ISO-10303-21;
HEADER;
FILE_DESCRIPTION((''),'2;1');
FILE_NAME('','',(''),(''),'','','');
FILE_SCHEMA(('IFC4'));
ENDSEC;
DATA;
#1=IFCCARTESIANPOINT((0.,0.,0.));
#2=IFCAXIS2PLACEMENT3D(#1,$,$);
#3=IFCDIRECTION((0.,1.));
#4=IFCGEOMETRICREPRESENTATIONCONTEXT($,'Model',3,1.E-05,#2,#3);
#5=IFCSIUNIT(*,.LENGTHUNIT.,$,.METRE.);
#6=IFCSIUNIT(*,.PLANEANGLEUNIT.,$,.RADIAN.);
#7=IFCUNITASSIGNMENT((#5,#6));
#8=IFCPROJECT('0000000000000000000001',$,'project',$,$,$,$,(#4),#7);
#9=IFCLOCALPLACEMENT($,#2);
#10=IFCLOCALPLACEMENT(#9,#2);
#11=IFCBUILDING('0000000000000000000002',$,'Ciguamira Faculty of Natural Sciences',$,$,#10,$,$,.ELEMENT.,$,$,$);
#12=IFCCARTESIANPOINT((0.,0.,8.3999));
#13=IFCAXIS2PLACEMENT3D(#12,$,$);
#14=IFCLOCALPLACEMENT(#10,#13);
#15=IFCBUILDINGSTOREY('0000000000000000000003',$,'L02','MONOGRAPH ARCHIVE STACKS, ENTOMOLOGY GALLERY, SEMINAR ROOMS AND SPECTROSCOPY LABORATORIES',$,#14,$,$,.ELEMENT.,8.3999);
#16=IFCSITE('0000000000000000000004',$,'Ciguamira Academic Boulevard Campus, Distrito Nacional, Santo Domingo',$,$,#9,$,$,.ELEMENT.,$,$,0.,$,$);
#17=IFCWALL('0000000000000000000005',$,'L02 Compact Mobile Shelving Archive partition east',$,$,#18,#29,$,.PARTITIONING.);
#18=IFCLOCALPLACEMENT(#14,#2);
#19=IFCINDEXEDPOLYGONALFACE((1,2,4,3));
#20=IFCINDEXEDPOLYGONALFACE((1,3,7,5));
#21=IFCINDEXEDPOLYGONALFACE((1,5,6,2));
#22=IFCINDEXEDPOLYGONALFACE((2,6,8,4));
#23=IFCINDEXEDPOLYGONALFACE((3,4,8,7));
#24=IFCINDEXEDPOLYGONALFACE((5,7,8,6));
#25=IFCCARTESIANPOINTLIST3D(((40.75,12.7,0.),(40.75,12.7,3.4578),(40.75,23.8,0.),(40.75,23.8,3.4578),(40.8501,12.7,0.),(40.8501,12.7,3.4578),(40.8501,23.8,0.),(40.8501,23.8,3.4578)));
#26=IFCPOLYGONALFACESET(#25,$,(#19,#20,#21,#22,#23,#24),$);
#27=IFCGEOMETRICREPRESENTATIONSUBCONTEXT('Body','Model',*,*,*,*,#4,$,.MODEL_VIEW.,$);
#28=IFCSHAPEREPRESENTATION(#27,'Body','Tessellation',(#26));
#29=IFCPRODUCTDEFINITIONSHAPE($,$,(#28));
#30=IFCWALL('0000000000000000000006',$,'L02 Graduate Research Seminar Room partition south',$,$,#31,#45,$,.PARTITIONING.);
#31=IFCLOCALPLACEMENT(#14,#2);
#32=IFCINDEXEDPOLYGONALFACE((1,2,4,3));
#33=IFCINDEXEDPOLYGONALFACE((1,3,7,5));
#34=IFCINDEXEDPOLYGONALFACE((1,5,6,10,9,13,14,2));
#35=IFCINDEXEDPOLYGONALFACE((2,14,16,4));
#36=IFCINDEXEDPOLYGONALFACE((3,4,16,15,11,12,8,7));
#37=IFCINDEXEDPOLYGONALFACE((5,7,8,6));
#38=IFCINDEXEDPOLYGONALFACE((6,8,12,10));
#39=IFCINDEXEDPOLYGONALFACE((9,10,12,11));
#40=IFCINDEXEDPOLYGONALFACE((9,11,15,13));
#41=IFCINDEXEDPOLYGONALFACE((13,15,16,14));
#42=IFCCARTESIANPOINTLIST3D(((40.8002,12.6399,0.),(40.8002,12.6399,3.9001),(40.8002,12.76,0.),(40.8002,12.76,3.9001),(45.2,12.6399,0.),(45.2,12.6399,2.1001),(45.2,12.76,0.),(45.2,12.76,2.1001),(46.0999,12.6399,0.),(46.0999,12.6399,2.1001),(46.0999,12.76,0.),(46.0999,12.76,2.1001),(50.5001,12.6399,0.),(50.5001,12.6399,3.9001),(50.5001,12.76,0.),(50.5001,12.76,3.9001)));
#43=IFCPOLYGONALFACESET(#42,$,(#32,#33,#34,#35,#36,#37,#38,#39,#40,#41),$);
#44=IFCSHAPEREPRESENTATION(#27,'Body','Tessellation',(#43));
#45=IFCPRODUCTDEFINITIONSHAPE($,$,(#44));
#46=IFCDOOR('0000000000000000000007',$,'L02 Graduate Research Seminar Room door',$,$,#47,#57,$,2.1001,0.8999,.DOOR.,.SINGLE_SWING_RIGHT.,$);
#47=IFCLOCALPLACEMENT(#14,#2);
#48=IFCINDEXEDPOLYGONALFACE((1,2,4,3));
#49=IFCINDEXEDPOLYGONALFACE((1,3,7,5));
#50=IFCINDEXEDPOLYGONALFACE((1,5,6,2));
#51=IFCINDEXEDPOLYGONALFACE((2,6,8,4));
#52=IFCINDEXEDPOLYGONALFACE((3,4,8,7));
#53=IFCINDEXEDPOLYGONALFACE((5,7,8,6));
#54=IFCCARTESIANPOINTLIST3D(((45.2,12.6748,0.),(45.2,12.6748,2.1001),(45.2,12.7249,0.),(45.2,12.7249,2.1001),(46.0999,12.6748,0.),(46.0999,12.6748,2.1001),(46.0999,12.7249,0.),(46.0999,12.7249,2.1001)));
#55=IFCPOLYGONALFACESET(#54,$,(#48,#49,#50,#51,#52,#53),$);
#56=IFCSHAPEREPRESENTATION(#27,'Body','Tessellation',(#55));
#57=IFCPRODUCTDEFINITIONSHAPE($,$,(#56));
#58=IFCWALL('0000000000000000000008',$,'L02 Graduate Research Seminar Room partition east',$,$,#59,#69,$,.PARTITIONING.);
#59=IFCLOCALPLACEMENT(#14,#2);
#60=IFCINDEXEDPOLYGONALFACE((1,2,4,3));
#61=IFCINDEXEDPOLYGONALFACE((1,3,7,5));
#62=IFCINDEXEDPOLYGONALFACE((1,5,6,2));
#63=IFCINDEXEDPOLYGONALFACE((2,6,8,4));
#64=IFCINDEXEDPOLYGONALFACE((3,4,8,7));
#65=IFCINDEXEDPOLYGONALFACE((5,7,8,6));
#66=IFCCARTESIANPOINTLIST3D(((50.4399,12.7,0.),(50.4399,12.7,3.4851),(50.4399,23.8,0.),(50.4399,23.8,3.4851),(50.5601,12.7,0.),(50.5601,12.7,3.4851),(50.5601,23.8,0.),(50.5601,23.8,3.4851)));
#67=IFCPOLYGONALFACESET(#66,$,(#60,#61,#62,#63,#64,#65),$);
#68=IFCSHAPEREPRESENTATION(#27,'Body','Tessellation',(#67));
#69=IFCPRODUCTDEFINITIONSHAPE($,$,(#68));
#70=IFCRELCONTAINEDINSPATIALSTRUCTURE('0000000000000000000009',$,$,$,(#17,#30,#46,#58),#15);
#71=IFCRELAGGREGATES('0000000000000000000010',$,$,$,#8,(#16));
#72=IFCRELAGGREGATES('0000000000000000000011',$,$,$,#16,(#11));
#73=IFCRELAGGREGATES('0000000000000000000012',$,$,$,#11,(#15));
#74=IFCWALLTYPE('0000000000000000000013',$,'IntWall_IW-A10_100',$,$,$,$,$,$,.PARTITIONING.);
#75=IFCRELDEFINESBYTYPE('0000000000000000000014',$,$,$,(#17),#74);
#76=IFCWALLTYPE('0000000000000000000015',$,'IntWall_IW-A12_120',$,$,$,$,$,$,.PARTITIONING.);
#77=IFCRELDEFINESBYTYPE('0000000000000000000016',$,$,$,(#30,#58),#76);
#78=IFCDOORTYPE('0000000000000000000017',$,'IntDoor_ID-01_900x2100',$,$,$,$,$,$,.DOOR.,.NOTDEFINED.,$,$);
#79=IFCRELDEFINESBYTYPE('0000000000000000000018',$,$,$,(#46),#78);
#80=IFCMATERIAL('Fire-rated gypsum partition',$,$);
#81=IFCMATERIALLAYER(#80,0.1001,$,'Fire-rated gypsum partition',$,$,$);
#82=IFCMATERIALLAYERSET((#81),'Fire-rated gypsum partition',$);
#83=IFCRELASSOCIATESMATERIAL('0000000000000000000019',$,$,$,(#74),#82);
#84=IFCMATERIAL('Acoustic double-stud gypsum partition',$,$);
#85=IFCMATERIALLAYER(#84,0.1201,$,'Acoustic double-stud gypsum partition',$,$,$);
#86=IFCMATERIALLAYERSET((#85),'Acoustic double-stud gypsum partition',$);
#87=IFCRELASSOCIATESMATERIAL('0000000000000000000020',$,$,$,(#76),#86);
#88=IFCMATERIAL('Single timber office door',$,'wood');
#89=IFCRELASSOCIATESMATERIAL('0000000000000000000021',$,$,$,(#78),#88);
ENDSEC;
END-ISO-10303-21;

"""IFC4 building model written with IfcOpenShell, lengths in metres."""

from ifc_helpers import new_model, si_unit, direction, frame, frame_2d, origin, place, context, subcontext, project, spatial, rectangle, extrude, material, layer, layer_set, type_object, element, fill, save


model = new_model("IFC4")

# Units and contexts
model_context = context("Model", 3, precision=1e-05, world=origin(), true_north=direction((0.0, 1.0)))
body_context = subcontext(model_context, "Body", "Model", "MODEL_VIEW")
ifc_project = project(units=[si_unit("LENGTHUNIT", "METRE"), si_unit("PLANEANGLEUNIT", "RADIAN")], contexts=[model_context])

# Site, building, storey
site_placement = place(None, origin())
site = spatial("IfcSite", under=ifc_project, at=site_placement, Name="Ciguamira Academic Boulevard Campus, Distrito Nacional, Santo Domingo", CompositionType="ELEMENT", RefElevation=0.0)
building_placement = place(site_placement, origin())
building = spatial("IfcBuilding", under=site, at=building_placement, Name="Ciguamira Faculty of Natural Sciences", CompositionType="ELEMENT")
storey_placement = place(building_placement, frame((0.0, 0.0, 8.3999)))
storey = spatial("IfcBuildingStorey", under=building, at=storey_placement, Name="L02", Description="MONOGRAPH ARCHIVE STACKS, ENTOMOLOGY GALLERY, SEMINAR ROOMS AND SPECTROSCOPY LABORATORIES", CompositionType="ELEMENT", Elevation=8.3999)

# Wall
ifc_material_1 = material(Name="Fire-rated gypsum partition")
ifc_layer_1 = layer(ifc_material_1, 0.1001, Name="Fire-rated gypsum partition")
ifc_layer_set_1 = layer_set([ifc_layer_1], Name="Fire-rated gypsum partition")
wall_type_1 = type_object("IfcWallType", Name="IntWall_IW-A10_100", PredefinedType="PARTITIONING", material=ifc_layer_set_1)
wall_1_placement = place(storey_placement, frame((40.8, 12.7, 0.0), z_axis=(0.0, 0.0, 1.0), x_axis=(0.0, 1.0, 0.0)))
element("IfcWall", 1, at=wall_1_placement, inside=storey, type_object=wall_type_1, Name="L02 Compact Mobile Shelving Archive partition east", PredefinedType="PARTITIONING", context=body_context, shape_type="SweptSolid", body=[
    extrude(rectangle(XDim=11.1001, YDim=0.1001, at=frame_2d((5.55, 0.0))), origin(), (0.0, 0.0, 1.0), 3.4578),
])

# Wall, opening, door
ifc_material_2 = material(Name="Acoustic double-stud gypsum partition")
ifc_layer_2 = layer(ifc_material_2, 0.1201, Name="Acoustic double-stud gypsum partition")
ifc_layer_set_2 = layer_set([ifc_layer_2], Name="Acoustic double-stud gypsum partition")
wall_type_2 = type_object("IfcWallType", Name="IntWall_IW-A12_120", PredefinedType="PARTITIONING", material=ifc_layer_set_2)
wall_2_placement = place(storey_placement, frame((40.8, 12.7, 0.0), z_axis=(0.0, 0.0, 1.0), x_axis=(1.0, 0.0, 0.0)))
wall_2 = element("IfcWall", 2, at=wall_2_placement, inside=storey, type_object=wall_type_2, Name="L02 Graduate Research Seminar Room partition south", PredefinedType="PARTITIONING", context=body_context, shape_type="SweptSolid", body=[
    extrude(rectangle(XDim=9.7, YDim=0.1201, at=frame_2d((4.8501, 0.0))), origin(), (0.0, 0.0, 1.0), 3.9001),
])
opening_placement = place(wall_2_placement, frame((4.3999, 0.0, 0.0)))
opening = element("IfcOpeningElement", 3, at=opening_placement, cuts=wall_2, PredefinedType="OPENING", context=body_context, shape_type="SweptSolid", body=[
    extrude(rectangle(XDim=0.8999, YDim=2.1001, at=frame_2d((0.45, 1.05))), frame((0.0, 0.0701, 0.0), z_axis=(0.0, -1.0, 0.0), x_axis=(1.0, 0.0, 0.0)), (0.0, 0.0, 1.0), 0.1401),
])
ifc_material_3 = material(Name="Single timber office door", Category="wood")
door_type = type_object("IfcDoorType", Name="IntDoor_ID-01_900x2100", OperationType="NOTDEFINED", PredefinedType="DOOR", material=ifc_material_3)
door_placement = place(opening_placement, origin())
door = element("IfcDoor", 4, at=door_placement, inside=storey, type_object=door_type, Name="L02 Graduate Research Seminar Room door", OperationType="SINGLE_SWING_RIGHT", OverallHeight=2.1001, OverallWidth=0.8999, PredefinedType="DOOR", context=body_context, shape_type="SweptSolid", body=[
    extrude(rectangle(XDim=0.8999, YDim=2.1001, at=frame_2d((0.45, 1.05))), frame((0.0, 0.0249, 0.0), z_axis=(0.0, -1.0, 0.0), x_axis=(1.0, 0.0, 0.0)), (0.0, 0.0, 1.0), 0.05),
])
fill(opening, door)

# Wall
wall_3_placement = place(storey_placement, frame((50.5, 12.7, 0.0), z_axis=(0.0, 0.0, 1.0), x_axis=(0.0, 1.0, 0.0)))
element("IfcWall", 5, at=wall_3_placement, inside=storey, type_object=wall_type_2, Name="L02 Graduate Research Seminar Room partition east", PredefinedType="PARTITIONING", context=body_context, shape_type="SweptSolid", body=[
    extrude(rectangle(XDim=11.1001, YDim=0.1201, at=frame_2d((5.55, 0.0))), origin(), (0.0, 0.0, 1.0), 3.4851),
])

save(model, "model.ifc")
